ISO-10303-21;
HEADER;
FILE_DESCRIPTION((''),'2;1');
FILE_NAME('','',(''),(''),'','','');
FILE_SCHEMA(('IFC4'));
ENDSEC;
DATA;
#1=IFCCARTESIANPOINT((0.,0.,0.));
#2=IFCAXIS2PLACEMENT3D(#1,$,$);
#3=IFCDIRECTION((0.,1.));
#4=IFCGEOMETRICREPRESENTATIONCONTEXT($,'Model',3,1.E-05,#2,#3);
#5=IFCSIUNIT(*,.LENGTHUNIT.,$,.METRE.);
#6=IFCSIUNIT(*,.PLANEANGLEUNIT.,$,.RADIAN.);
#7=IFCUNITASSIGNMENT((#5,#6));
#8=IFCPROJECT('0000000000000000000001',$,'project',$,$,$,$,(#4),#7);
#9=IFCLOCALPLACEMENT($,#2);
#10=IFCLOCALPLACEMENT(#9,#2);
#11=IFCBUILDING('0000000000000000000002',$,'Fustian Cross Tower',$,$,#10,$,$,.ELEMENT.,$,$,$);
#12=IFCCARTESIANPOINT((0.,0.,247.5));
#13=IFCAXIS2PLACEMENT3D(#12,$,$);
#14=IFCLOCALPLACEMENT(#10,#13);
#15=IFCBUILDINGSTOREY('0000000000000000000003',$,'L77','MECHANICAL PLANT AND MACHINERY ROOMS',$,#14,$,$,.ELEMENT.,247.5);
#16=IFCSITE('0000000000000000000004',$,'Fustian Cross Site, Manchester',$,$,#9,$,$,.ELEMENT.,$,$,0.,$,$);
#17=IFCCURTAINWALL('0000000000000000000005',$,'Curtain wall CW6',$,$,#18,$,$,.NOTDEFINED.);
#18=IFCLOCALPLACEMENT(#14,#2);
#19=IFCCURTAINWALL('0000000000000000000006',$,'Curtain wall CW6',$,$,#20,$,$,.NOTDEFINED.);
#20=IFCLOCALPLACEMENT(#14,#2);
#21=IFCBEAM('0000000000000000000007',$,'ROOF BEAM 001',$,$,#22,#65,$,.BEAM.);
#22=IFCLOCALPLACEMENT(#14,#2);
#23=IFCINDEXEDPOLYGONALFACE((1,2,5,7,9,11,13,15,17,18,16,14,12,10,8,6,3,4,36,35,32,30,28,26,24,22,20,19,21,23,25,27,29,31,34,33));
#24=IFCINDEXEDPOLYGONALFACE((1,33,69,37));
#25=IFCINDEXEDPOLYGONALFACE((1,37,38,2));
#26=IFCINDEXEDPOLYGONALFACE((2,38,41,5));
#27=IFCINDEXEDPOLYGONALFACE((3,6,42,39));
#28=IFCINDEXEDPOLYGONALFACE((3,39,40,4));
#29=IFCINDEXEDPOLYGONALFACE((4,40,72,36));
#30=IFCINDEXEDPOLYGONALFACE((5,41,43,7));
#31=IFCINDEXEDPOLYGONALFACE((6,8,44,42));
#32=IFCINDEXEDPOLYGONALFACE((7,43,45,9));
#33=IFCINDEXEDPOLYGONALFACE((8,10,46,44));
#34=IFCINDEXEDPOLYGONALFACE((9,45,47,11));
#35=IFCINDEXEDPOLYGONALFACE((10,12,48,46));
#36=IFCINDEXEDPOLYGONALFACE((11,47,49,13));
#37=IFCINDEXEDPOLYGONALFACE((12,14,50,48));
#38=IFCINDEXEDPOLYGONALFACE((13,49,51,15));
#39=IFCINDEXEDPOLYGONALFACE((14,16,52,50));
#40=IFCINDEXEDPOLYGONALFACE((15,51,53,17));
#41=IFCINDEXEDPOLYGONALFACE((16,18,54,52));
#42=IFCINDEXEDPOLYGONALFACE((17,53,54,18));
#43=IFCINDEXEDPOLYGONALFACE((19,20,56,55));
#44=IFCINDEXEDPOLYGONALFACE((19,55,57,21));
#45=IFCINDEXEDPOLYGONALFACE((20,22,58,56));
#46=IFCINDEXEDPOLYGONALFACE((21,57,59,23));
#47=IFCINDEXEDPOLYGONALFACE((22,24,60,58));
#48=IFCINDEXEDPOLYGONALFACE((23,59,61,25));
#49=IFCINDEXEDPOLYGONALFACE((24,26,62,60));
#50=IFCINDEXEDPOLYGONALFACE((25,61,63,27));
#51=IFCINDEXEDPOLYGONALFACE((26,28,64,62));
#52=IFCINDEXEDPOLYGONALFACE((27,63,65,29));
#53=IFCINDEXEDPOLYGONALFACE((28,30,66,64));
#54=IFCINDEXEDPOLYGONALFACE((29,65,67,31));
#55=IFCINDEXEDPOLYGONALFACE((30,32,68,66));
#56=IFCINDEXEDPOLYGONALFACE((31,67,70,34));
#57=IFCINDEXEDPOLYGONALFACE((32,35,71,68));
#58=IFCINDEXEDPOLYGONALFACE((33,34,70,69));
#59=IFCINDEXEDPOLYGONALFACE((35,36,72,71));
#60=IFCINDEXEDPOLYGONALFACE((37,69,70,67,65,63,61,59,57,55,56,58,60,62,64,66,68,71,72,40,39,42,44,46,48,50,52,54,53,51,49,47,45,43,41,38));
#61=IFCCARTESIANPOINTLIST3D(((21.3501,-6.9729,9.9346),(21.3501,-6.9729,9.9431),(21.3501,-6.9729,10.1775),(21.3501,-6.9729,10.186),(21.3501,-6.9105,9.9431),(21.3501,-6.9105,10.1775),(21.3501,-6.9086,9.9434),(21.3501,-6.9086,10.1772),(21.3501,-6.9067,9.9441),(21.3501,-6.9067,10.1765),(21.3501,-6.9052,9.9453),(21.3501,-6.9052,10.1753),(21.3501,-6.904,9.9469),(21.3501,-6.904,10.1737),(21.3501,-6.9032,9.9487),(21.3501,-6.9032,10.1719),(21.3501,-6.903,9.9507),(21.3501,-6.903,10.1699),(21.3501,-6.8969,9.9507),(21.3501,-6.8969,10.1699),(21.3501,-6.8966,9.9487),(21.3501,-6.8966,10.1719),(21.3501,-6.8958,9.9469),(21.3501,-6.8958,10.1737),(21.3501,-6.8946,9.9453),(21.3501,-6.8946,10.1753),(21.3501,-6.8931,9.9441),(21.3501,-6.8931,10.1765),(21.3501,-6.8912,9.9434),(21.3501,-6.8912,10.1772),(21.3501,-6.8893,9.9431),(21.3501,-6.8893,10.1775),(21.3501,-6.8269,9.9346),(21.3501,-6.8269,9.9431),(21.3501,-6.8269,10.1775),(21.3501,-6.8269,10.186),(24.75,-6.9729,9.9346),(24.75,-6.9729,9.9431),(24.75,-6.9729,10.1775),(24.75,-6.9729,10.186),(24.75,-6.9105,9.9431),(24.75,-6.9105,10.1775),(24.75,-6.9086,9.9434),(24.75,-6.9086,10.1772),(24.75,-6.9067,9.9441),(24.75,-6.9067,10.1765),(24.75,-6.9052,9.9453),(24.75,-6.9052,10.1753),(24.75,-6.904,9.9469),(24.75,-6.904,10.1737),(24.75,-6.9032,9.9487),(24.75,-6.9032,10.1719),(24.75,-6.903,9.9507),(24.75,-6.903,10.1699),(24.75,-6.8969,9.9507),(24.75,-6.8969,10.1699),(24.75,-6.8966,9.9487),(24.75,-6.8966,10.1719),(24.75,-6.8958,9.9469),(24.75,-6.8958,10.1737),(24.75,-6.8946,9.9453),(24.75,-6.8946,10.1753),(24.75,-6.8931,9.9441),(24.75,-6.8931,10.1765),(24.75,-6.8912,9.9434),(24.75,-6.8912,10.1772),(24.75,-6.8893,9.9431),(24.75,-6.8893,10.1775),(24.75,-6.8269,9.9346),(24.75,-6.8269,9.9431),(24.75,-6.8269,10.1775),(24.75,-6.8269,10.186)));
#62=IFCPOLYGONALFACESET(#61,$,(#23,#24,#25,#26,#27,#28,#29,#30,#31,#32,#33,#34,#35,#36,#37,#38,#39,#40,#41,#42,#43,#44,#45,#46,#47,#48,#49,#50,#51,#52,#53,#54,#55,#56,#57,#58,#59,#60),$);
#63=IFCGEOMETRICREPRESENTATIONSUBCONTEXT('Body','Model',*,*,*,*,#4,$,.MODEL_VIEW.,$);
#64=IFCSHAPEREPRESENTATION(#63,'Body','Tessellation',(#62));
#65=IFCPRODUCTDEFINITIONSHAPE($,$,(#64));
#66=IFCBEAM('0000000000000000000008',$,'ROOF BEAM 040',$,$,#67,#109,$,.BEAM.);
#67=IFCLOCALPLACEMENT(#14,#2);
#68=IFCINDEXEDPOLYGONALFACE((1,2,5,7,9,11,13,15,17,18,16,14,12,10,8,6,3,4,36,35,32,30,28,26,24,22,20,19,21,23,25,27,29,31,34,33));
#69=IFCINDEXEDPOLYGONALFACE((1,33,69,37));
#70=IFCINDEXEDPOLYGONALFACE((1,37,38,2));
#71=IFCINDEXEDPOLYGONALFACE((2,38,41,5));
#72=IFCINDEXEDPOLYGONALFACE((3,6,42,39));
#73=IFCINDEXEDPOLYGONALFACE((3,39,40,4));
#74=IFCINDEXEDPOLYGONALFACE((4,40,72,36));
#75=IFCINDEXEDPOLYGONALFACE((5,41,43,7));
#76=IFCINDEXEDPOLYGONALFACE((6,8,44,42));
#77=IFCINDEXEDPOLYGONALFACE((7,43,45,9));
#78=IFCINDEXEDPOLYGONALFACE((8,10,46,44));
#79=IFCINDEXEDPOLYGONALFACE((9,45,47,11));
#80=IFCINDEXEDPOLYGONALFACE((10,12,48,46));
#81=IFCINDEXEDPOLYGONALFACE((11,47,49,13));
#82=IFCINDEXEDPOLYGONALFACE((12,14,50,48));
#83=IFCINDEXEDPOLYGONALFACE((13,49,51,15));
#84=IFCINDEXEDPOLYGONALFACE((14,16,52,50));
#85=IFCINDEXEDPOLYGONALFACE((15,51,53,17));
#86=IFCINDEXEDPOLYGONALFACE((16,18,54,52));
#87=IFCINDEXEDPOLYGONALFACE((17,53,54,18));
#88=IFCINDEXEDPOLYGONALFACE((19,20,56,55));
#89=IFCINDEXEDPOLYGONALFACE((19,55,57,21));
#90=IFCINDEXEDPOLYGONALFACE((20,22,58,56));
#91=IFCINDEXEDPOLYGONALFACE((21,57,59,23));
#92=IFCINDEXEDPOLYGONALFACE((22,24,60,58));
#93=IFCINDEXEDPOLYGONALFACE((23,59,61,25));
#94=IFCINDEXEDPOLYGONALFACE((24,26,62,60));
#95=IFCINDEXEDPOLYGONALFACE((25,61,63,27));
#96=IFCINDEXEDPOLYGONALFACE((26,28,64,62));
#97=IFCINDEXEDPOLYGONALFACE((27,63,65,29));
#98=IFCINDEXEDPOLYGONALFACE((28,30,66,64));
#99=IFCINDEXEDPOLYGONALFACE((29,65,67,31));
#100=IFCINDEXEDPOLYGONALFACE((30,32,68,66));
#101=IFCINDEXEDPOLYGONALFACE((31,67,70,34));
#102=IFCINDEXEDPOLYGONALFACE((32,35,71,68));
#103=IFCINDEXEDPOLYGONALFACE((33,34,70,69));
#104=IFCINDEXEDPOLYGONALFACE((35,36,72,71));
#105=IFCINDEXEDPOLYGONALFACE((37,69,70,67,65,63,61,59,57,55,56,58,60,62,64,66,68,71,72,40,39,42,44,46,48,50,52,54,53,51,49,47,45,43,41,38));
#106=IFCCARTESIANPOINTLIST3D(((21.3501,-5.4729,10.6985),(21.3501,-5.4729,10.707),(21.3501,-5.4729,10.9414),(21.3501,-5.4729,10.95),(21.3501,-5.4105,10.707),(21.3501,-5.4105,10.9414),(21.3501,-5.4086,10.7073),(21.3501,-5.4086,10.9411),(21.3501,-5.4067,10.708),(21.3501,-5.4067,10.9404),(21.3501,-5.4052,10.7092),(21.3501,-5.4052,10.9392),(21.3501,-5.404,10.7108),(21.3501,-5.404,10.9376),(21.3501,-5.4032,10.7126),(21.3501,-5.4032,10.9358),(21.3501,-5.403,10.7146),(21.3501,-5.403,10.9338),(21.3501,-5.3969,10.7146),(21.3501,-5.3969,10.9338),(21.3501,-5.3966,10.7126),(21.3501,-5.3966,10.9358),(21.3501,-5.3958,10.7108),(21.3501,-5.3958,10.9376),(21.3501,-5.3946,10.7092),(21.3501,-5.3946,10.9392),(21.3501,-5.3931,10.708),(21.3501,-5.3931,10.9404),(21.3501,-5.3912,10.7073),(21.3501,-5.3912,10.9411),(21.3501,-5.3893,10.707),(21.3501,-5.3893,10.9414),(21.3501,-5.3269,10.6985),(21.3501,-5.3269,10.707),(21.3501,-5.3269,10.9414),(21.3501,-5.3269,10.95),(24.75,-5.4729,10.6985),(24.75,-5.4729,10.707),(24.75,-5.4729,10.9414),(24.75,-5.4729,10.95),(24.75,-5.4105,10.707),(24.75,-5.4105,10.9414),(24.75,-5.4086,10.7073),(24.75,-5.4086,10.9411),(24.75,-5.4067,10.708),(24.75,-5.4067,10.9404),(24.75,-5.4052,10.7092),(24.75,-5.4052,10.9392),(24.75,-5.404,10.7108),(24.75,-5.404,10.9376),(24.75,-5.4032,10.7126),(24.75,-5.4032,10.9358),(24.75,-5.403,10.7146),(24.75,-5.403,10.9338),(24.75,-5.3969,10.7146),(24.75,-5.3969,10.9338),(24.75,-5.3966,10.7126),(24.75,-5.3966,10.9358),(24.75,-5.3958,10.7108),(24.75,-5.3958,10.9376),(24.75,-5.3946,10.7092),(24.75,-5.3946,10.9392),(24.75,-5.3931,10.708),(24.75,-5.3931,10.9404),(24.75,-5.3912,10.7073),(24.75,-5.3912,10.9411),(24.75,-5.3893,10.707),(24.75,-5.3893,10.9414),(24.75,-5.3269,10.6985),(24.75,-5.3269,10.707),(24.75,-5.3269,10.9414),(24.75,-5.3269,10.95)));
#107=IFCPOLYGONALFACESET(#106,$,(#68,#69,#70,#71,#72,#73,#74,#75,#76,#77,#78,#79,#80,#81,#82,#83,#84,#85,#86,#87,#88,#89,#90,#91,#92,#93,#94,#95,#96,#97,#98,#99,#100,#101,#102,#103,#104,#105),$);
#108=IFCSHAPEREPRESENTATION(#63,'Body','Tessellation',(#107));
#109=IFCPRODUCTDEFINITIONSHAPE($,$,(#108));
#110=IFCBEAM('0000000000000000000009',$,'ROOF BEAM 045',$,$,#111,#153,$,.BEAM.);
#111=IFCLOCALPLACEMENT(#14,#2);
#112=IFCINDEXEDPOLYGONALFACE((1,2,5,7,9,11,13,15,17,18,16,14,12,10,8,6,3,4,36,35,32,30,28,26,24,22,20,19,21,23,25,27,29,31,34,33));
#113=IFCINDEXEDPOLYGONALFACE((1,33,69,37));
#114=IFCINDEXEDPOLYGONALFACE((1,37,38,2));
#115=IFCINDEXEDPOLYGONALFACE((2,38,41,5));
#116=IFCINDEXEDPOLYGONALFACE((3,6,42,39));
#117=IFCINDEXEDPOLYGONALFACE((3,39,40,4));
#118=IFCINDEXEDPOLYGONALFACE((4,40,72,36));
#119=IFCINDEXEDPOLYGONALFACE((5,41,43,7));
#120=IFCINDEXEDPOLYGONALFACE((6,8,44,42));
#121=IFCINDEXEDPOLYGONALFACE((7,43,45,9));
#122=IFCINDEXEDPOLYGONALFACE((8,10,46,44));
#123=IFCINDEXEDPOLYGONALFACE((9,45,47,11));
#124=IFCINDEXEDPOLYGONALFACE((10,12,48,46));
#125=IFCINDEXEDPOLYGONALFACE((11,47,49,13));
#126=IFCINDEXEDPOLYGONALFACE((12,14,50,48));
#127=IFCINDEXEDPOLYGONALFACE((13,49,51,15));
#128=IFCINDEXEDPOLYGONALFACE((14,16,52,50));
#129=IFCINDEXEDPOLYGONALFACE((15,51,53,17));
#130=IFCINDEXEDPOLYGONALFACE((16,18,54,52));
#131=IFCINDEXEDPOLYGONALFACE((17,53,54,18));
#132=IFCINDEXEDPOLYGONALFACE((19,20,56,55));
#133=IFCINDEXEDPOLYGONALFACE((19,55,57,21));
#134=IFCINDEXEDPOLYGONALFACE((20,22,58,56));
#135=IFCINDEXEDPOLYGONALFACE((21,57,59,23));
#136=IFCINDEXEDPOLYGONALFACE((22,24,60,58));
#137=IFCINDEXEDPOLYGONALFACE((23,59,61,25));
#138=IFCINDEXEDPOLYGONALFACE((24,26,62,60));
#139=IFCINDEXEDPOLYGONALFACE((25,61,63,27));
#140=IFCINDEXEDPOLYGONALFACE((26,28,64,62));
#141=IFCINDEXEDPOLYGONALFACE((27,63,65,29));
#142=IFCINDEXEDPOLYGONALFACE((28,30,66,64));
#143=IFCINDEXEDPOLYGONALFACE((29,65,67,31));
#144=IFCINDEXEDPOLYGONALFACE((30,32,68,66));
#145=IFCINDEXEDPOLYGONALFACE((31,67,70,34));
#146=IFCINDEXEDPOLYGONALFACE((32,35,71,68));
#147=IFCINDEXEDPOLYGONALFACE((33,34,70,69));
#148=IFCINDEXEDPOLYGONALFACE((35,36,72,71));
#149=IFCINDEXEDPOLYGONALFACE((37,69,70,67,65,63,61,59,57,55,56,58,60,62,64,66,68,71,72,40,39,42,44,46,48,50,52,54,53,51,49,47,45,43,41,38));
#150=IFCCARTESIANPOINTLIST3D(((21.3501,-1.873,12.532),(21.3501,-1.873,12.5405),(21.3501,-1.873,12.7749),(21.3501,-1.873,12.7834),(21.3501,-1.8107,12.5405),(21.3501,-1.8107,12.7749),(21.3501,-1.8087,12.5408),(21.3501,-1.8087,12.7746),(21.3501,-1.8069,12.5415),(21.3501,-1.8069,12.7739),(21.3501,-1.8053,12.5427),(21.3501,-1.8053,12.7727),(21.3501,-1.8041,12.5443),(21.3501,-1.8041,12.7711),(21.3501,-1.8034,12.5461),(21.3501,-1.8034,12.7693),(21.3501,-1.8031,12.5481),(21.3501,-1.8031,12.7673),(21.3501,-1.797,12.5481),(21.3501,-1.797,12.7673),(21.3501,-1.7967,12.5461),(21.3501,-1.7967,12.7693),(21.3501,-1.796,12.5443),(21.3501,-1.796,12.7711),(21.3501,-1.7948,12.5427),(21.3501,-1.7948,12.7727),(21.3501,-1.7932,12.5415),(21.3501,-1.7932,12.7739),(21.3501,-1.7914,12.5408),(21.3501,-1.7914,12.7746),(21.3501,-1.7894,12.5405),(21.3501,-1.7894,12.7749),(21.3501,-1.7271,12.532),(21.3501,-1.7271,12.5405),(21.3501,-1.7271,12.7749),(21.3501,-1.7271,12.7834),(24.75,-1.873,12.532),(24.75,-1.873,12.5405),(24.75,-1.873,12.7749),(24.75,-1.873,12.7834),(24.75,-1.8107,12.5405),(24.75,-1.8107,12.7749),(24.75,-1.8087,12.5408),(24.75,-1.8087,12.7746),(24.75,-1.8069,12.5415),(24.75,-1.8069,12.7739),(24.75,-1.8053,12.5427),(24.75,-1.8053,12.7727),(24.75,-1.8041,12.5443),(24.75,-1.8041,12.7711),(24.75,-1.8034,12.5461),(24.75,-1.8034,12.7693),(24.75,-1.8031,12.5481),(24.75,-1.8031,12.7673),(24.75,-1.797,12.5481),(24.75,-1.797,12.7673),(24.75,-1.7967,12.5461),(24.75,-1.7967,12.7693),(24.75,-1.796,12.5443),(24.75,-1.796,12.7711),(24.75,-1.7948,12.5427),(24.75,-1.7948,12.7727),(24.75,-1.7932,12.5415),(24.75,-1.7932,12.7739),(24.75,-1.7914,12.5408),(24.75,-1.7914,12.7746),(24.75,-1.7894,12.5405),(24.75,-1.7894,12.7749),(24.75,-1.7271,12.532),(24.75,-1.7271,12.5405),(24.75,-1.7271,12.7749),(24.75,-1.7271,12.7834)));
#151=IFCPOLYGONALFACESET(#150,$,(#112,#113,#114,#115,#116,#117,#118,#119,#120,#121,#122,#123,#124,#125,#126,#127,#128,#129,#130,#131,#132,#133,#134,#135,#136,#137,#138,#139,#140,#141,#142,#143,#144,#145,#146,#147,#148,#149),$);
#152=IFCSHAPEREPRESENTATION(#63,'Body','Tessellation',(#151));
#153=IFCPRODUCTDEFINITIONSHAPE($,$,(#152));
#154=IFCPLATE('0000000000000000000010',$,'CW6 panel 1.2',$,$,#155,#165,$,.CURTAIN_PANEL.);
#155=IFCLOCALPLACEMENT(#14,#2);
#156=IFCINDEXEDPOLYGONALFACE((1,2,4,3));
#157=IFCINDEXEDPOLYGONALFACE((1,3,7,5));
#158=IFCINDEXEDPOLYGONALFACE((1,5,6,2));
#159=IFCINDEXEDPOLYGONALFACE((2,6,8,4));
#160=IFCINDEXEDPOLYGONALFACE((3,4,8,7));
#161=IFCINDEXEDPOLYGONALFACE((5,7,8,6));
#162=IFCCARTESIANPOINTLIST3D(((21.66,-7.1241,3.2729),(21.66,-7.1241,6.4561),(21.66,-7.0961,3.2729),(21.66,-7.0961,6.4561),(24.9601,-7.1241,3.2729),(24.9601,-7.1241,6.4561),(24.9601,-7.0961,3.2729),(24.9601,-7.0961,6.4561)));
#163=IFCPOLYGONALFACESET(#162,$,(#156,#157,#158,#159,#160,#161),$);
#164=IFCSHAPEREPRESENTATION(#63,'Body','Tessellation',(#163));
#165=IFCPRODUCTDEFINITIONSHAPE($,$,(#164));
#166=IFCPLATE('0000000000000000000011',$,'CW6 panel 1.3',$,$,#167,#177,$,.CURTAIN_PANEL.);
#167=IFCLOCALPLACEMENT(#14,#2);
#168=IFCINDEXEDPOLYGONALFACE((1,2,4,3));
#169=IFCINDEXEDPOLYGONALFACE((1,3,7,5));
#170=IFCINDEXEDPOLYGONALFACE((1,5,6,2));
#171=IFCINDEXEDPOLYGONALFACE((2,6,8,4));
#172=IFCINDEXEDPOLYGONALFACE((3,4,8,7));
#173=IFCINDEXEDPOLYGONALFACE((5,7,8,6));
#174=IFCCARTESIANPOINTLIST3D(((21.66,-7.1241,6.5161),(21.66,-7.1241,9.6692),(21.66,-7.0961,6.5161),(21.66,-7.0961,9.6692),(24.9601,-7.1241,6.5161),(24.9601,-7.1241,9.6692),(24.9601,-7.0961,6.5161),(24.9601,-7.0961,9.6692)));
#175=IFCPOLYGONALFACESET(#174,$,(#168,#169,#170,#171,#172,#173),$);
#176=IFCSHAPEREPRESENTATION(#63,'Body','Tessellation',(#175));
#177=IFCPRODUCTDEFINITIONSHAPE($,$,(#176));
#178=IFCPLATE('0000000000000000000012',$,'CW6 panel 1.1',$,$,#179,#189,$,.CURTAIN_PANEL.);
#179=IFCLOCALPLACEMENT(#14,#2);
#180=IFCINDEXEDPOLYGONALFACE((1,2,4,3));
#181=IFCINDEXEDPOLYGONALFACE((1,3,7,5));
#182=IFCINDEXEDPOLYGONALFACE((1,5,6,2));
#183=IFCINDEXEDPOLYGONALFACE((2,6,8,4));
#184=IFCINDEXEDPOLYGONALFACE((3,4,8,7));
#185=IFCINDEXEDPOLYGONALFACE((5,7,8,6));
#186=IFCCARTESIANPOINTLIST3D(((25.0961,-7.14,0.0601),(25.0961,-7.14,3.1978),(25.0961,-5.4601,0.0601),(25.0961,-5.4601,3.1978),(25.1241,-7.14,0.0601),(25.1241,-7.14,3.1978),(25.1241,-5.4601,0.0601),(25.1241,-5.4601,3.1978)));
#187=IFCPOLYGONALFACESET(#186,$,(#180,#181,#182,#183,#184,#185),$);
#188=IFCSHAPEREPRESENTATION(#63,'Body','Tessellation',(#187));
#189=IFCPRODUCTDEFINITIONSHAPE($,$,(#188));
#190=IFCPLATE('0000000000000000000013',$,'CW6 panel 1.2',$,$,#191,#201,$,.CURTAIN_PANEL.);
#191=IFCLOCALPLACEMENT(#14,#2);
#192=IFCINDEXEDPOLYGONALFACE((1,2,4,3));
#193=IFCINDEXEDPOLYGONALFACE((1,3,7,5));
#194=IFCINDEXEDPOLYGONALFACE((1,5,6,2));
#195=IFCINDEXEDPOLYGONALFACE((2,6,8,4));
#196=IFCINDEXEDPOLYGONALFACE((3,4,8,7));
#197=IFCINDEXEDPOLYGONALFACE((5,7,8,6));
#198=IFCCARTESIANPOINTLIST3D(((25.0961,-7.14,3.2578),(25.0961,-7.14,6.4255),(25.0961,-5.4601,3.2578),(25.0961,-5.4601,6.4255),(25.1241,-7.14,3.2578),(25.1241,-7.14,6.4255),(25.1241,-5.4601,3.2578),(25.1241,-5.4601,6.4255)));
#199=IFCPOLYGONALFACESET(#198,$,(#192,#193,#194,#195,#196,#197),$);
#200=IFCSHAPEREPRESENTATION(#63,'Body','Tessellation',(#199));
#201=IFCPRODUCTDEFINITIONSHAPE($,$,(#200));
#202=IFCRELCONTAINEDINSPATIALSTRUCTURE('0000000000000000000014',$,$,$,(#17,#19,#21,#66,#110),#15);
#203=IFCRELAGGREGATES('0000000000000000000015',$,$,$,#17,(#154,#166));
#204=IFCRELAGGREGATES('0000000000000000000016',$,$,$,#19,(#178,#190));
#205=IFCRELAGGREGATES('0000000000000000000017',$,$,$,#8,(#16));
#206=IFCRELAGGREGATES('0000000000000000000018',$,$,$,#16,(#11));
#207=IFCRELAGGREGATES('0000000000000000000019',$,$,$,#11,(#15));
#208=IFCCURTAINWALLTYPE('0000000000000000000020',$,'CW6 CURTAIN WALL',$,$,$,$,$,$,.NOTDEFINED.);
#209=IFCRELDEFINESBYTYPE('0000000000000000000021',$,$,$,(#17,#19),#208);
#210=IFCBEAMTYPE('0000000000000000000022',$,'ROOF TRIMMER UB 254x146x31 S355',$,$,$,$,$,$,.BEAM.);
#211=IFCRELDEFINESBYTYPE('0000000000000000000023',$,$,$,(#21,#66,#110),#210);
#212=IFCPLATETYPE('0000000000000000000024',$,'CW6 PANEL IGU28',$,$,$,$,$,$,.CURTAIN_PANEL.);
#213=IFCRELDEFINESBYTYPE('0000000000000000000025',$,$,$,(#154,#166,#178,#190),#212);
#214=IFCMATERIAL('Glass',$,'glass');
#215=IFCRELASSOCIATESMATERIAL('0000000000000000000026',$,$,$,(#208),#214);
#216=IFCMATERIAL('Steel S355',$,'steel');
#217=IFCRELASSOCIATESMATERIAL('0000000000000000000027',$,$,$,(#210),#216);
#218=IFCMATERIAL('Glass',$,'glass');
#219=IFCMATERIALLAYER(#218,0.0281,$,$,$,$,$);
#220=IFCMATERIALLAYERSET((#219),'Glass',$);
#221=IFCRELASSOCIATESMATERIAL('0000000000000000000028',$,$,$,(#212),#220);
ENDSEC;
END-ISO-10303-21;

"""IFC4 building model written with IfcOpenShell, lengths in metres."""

from ifc_helpers import new_model, si_unit, direction, frame, origin, origin_2d, place, context, subcontext, project, spatial, rectangle, i_section, extrude, material, layer, layer_set, material_profile, profile_set, type_object, element, aggregate, save


model = new_model("IFC4")

# Units and contexts
model_context = context("Model", 3, precision=1e-05, world=origin(), true_north=direction((0.0, 1.0)))
body_context = subcontext(model_context, "Body", "Model", "MODEL_VIEW")
ifc_project = project(units=[si_unit("LENGTHUNIT", "METRE"), si_unit("PLANEANGLEUNIT", "RADIAN")], contexts=[model_context])

# Site, building, storey
site_placement = place(None, origin())
site = spatial("IfcSite", under=ifc_project, at=site_placement, Name="Fustian Cross Site, Manchester", CompositionType="ELEMENT", RefElevation=0.0)
building_placement = place(site_placement, origin())
building = spatial("IfcBuilding", under=site, at=building_placement, Name="Fustian Cross Tower", CompositionType="ELEMENT")
storey_placement = place(building_placement, frame((0.0, 0.0, 247.5)))
storey = spatial("IfcBuildingStorey", under=building, at=storey_placement, Name="L77", Description="MECHANICAL PLANT AND MACHINERY ROOMS", CompositionType="ELEMENT", Elevation=247.5)

# Curtain walls
ifc_material_1 = material(Name="Glass", Category="glass")
curtain_wall_type = type_object("IfcCurtainWallType", Name="CW6 CURTAIN WALL", PredefinedType="NOTDEFINED", material=ifc_material_1)
curtain_wall_1_placement = place(storey_placement, origin())
curtain_wall_1 = element("IfcCurtainWall", 1, at=curtain_wall_1_placement, inside=storey, type_object=curtain_wall_type, Name="Curtain wall CW6", PredefinedType="NOTDEFINED")
curtain_wall_2_placement = place(storey_placement, origin())
curtain_wall_2 = element("IfcCurtainWall", 2, at=curtain_wall_2_placement, inside=storey, type_object=curtain_wall_type, Name="Curtain wall CW6", PredefinedType="NOTDEFINED")

# Beams
ifc_material_2 = material(Name="Steel S355", Category="steel")
ifc_material_profile_1 = material_profile(ifc_material_2, i_section(OverallWidth=0.146, OverallDepth=0.2515, WebThickness=0.0061, FlangeThickness=0.0085, FilletRadius=0.0076, at=origin_2d()), Name="UB 254x146x31")
ifc_profile_set_1 = profile_set([ifc_material_profile_1], Name="Steel S355")
beam_type_1 = type_object("IfcBeamType", Name="ROOF TRIMMER UB 254x146x31 S355", PredefinedType="BEAM", material=ifc_profile_set_1)
for number, where, z_axis, x_axis, name in (
    (3, (21.3501, -6.8999, 10.0603), (1.0, 0.0, 0.0), (0.0, 1.0, 0.0), "ROOF BEAM 001"),
    (4, (21.3501, -5.3999, 10.8242), (1.0, 0.0, 0.0), (0.0, 1.0, 0.0), "ROOF BEAM 040"),
    (5, (21.3501, -1.8, 12.6577), (1.0, 0.0, 0.0), (0.0, 1.0, 0.0), "ROOF BEAM 045"),
):
    element("IfcBeam", number, at=place(storey_placement, frame(where, z_axis=z_axis, x_axis=x_axis)), inside=storey, type_object=beam_type_1, Name=name, PredefinedType="BEAM", context=body_context, shape_type="SweptSolid", body=[
        extrude(i_section(OverallWidth=0.146, OverallDepth=0.2515, WebThickness=0.0061, FlangeThickness=0.0085, FilletRadius=0.0076, at=origin_2d()), origin(), (0.0, 0.0, 1.0), 3.3999),
    ])

# Plates
ifc_material_3 = material(Name="Glass", Category="glass")
ifc_layer_1 = layer(ifc_material_3, 0.0281)
ifc_layer_set_1 = layer_set([ifc_layer_1], Name="Glass")
plate_type = type_object("IfcPlateType", Name="CW6 PANEL IGU28", PredefinedType="CURTAIN_PANEL", material=ifc_layer_set_1)
plate_1_placement = place(storey_placement, frame((23.3101, -7.1101, 3.2729), z_axis=(0.0, 0.0, 1.0), x_axis=(1.0, 0.0, 0.0)))
plate_1 = element("IfcPlate", 6, at=plate_1_placement, type_object=plate_type, Name="CW6 panel 1.2", PredefinedType="CURTAIN_PANEL", context=body_context, shape_type="SweptSolid", body=[
    extrude(rectangle(XDim=3.3, YDim=0.0281, at=origin_2d()), origin(), (0.0, 0.0, 1.0), 3.1831),
])
plate_2_placement = place(storey_placement, frame((23.3101, -7.1101, 6.5161), z_axis=(0.0, 0.0, 1.0), x_axis=(1.0, 0.0, 0.0)))
plate_2 = element("IfcPlate", 7, at=plate_2_placement, type_object=plate_type, Name="CW6 panel 1.3", PredefinedType="CURTAIN_PANEL", context=body_context, shape_type="SweptSolid", body=[
    extrude(rectangle(XDim=3.3, YDim=0.0281, at=origin_2d()), origin(), (0.0, 0.0, 1.0), 3.1531),
])
aggregate(curtain_wall_1, [plate_1, plate_2])
plate_3_placement = place(storey_placement, frame((25.1101, -6.3, 0.0601), z_axis=(0.0, 0.0, 1.0), x_axis=(0.0, 1.0, 0.0)))
plate_3 = element("IfcPlate", 8, at=plate_3_placement, type_object=plate_type, Name="CW6 panel 1.1", PredefinedType="CURTAIN_PANEL", context=body_context, shape_type="SweptSolid", body=[
    extrude(rectangle(XDim=1.6799, YDim=0.0281, at=origin_2d()), origin(), (0.0, 0.0, 1.0), 3.1377),
])
plate_4_placement = place(storey_placement, frame((25.1101, -6.3, 3.2578), z_axis=(0.0, 0.0, 1.0), x_axis=(0.0, 1.0, 0.0)))
plate_4 = element("IfcPlate", 9, at=plate_4_placement, type_object=plate_type, Name="CW6 panel 1.2", PredefinedType="CURTAIN_PANEL", context=body_context, shape_type="SweptSolid", body=[
    extrude(rectangle(XDim=1.6799, YDim=0.0281, at=origin_2d()), origin(), (0.0, 0.0, 1.0), 3.1677),
])
aggregate(curtain_wall_2, [plate_3, plate_4])

save(model, "model.ifc")
